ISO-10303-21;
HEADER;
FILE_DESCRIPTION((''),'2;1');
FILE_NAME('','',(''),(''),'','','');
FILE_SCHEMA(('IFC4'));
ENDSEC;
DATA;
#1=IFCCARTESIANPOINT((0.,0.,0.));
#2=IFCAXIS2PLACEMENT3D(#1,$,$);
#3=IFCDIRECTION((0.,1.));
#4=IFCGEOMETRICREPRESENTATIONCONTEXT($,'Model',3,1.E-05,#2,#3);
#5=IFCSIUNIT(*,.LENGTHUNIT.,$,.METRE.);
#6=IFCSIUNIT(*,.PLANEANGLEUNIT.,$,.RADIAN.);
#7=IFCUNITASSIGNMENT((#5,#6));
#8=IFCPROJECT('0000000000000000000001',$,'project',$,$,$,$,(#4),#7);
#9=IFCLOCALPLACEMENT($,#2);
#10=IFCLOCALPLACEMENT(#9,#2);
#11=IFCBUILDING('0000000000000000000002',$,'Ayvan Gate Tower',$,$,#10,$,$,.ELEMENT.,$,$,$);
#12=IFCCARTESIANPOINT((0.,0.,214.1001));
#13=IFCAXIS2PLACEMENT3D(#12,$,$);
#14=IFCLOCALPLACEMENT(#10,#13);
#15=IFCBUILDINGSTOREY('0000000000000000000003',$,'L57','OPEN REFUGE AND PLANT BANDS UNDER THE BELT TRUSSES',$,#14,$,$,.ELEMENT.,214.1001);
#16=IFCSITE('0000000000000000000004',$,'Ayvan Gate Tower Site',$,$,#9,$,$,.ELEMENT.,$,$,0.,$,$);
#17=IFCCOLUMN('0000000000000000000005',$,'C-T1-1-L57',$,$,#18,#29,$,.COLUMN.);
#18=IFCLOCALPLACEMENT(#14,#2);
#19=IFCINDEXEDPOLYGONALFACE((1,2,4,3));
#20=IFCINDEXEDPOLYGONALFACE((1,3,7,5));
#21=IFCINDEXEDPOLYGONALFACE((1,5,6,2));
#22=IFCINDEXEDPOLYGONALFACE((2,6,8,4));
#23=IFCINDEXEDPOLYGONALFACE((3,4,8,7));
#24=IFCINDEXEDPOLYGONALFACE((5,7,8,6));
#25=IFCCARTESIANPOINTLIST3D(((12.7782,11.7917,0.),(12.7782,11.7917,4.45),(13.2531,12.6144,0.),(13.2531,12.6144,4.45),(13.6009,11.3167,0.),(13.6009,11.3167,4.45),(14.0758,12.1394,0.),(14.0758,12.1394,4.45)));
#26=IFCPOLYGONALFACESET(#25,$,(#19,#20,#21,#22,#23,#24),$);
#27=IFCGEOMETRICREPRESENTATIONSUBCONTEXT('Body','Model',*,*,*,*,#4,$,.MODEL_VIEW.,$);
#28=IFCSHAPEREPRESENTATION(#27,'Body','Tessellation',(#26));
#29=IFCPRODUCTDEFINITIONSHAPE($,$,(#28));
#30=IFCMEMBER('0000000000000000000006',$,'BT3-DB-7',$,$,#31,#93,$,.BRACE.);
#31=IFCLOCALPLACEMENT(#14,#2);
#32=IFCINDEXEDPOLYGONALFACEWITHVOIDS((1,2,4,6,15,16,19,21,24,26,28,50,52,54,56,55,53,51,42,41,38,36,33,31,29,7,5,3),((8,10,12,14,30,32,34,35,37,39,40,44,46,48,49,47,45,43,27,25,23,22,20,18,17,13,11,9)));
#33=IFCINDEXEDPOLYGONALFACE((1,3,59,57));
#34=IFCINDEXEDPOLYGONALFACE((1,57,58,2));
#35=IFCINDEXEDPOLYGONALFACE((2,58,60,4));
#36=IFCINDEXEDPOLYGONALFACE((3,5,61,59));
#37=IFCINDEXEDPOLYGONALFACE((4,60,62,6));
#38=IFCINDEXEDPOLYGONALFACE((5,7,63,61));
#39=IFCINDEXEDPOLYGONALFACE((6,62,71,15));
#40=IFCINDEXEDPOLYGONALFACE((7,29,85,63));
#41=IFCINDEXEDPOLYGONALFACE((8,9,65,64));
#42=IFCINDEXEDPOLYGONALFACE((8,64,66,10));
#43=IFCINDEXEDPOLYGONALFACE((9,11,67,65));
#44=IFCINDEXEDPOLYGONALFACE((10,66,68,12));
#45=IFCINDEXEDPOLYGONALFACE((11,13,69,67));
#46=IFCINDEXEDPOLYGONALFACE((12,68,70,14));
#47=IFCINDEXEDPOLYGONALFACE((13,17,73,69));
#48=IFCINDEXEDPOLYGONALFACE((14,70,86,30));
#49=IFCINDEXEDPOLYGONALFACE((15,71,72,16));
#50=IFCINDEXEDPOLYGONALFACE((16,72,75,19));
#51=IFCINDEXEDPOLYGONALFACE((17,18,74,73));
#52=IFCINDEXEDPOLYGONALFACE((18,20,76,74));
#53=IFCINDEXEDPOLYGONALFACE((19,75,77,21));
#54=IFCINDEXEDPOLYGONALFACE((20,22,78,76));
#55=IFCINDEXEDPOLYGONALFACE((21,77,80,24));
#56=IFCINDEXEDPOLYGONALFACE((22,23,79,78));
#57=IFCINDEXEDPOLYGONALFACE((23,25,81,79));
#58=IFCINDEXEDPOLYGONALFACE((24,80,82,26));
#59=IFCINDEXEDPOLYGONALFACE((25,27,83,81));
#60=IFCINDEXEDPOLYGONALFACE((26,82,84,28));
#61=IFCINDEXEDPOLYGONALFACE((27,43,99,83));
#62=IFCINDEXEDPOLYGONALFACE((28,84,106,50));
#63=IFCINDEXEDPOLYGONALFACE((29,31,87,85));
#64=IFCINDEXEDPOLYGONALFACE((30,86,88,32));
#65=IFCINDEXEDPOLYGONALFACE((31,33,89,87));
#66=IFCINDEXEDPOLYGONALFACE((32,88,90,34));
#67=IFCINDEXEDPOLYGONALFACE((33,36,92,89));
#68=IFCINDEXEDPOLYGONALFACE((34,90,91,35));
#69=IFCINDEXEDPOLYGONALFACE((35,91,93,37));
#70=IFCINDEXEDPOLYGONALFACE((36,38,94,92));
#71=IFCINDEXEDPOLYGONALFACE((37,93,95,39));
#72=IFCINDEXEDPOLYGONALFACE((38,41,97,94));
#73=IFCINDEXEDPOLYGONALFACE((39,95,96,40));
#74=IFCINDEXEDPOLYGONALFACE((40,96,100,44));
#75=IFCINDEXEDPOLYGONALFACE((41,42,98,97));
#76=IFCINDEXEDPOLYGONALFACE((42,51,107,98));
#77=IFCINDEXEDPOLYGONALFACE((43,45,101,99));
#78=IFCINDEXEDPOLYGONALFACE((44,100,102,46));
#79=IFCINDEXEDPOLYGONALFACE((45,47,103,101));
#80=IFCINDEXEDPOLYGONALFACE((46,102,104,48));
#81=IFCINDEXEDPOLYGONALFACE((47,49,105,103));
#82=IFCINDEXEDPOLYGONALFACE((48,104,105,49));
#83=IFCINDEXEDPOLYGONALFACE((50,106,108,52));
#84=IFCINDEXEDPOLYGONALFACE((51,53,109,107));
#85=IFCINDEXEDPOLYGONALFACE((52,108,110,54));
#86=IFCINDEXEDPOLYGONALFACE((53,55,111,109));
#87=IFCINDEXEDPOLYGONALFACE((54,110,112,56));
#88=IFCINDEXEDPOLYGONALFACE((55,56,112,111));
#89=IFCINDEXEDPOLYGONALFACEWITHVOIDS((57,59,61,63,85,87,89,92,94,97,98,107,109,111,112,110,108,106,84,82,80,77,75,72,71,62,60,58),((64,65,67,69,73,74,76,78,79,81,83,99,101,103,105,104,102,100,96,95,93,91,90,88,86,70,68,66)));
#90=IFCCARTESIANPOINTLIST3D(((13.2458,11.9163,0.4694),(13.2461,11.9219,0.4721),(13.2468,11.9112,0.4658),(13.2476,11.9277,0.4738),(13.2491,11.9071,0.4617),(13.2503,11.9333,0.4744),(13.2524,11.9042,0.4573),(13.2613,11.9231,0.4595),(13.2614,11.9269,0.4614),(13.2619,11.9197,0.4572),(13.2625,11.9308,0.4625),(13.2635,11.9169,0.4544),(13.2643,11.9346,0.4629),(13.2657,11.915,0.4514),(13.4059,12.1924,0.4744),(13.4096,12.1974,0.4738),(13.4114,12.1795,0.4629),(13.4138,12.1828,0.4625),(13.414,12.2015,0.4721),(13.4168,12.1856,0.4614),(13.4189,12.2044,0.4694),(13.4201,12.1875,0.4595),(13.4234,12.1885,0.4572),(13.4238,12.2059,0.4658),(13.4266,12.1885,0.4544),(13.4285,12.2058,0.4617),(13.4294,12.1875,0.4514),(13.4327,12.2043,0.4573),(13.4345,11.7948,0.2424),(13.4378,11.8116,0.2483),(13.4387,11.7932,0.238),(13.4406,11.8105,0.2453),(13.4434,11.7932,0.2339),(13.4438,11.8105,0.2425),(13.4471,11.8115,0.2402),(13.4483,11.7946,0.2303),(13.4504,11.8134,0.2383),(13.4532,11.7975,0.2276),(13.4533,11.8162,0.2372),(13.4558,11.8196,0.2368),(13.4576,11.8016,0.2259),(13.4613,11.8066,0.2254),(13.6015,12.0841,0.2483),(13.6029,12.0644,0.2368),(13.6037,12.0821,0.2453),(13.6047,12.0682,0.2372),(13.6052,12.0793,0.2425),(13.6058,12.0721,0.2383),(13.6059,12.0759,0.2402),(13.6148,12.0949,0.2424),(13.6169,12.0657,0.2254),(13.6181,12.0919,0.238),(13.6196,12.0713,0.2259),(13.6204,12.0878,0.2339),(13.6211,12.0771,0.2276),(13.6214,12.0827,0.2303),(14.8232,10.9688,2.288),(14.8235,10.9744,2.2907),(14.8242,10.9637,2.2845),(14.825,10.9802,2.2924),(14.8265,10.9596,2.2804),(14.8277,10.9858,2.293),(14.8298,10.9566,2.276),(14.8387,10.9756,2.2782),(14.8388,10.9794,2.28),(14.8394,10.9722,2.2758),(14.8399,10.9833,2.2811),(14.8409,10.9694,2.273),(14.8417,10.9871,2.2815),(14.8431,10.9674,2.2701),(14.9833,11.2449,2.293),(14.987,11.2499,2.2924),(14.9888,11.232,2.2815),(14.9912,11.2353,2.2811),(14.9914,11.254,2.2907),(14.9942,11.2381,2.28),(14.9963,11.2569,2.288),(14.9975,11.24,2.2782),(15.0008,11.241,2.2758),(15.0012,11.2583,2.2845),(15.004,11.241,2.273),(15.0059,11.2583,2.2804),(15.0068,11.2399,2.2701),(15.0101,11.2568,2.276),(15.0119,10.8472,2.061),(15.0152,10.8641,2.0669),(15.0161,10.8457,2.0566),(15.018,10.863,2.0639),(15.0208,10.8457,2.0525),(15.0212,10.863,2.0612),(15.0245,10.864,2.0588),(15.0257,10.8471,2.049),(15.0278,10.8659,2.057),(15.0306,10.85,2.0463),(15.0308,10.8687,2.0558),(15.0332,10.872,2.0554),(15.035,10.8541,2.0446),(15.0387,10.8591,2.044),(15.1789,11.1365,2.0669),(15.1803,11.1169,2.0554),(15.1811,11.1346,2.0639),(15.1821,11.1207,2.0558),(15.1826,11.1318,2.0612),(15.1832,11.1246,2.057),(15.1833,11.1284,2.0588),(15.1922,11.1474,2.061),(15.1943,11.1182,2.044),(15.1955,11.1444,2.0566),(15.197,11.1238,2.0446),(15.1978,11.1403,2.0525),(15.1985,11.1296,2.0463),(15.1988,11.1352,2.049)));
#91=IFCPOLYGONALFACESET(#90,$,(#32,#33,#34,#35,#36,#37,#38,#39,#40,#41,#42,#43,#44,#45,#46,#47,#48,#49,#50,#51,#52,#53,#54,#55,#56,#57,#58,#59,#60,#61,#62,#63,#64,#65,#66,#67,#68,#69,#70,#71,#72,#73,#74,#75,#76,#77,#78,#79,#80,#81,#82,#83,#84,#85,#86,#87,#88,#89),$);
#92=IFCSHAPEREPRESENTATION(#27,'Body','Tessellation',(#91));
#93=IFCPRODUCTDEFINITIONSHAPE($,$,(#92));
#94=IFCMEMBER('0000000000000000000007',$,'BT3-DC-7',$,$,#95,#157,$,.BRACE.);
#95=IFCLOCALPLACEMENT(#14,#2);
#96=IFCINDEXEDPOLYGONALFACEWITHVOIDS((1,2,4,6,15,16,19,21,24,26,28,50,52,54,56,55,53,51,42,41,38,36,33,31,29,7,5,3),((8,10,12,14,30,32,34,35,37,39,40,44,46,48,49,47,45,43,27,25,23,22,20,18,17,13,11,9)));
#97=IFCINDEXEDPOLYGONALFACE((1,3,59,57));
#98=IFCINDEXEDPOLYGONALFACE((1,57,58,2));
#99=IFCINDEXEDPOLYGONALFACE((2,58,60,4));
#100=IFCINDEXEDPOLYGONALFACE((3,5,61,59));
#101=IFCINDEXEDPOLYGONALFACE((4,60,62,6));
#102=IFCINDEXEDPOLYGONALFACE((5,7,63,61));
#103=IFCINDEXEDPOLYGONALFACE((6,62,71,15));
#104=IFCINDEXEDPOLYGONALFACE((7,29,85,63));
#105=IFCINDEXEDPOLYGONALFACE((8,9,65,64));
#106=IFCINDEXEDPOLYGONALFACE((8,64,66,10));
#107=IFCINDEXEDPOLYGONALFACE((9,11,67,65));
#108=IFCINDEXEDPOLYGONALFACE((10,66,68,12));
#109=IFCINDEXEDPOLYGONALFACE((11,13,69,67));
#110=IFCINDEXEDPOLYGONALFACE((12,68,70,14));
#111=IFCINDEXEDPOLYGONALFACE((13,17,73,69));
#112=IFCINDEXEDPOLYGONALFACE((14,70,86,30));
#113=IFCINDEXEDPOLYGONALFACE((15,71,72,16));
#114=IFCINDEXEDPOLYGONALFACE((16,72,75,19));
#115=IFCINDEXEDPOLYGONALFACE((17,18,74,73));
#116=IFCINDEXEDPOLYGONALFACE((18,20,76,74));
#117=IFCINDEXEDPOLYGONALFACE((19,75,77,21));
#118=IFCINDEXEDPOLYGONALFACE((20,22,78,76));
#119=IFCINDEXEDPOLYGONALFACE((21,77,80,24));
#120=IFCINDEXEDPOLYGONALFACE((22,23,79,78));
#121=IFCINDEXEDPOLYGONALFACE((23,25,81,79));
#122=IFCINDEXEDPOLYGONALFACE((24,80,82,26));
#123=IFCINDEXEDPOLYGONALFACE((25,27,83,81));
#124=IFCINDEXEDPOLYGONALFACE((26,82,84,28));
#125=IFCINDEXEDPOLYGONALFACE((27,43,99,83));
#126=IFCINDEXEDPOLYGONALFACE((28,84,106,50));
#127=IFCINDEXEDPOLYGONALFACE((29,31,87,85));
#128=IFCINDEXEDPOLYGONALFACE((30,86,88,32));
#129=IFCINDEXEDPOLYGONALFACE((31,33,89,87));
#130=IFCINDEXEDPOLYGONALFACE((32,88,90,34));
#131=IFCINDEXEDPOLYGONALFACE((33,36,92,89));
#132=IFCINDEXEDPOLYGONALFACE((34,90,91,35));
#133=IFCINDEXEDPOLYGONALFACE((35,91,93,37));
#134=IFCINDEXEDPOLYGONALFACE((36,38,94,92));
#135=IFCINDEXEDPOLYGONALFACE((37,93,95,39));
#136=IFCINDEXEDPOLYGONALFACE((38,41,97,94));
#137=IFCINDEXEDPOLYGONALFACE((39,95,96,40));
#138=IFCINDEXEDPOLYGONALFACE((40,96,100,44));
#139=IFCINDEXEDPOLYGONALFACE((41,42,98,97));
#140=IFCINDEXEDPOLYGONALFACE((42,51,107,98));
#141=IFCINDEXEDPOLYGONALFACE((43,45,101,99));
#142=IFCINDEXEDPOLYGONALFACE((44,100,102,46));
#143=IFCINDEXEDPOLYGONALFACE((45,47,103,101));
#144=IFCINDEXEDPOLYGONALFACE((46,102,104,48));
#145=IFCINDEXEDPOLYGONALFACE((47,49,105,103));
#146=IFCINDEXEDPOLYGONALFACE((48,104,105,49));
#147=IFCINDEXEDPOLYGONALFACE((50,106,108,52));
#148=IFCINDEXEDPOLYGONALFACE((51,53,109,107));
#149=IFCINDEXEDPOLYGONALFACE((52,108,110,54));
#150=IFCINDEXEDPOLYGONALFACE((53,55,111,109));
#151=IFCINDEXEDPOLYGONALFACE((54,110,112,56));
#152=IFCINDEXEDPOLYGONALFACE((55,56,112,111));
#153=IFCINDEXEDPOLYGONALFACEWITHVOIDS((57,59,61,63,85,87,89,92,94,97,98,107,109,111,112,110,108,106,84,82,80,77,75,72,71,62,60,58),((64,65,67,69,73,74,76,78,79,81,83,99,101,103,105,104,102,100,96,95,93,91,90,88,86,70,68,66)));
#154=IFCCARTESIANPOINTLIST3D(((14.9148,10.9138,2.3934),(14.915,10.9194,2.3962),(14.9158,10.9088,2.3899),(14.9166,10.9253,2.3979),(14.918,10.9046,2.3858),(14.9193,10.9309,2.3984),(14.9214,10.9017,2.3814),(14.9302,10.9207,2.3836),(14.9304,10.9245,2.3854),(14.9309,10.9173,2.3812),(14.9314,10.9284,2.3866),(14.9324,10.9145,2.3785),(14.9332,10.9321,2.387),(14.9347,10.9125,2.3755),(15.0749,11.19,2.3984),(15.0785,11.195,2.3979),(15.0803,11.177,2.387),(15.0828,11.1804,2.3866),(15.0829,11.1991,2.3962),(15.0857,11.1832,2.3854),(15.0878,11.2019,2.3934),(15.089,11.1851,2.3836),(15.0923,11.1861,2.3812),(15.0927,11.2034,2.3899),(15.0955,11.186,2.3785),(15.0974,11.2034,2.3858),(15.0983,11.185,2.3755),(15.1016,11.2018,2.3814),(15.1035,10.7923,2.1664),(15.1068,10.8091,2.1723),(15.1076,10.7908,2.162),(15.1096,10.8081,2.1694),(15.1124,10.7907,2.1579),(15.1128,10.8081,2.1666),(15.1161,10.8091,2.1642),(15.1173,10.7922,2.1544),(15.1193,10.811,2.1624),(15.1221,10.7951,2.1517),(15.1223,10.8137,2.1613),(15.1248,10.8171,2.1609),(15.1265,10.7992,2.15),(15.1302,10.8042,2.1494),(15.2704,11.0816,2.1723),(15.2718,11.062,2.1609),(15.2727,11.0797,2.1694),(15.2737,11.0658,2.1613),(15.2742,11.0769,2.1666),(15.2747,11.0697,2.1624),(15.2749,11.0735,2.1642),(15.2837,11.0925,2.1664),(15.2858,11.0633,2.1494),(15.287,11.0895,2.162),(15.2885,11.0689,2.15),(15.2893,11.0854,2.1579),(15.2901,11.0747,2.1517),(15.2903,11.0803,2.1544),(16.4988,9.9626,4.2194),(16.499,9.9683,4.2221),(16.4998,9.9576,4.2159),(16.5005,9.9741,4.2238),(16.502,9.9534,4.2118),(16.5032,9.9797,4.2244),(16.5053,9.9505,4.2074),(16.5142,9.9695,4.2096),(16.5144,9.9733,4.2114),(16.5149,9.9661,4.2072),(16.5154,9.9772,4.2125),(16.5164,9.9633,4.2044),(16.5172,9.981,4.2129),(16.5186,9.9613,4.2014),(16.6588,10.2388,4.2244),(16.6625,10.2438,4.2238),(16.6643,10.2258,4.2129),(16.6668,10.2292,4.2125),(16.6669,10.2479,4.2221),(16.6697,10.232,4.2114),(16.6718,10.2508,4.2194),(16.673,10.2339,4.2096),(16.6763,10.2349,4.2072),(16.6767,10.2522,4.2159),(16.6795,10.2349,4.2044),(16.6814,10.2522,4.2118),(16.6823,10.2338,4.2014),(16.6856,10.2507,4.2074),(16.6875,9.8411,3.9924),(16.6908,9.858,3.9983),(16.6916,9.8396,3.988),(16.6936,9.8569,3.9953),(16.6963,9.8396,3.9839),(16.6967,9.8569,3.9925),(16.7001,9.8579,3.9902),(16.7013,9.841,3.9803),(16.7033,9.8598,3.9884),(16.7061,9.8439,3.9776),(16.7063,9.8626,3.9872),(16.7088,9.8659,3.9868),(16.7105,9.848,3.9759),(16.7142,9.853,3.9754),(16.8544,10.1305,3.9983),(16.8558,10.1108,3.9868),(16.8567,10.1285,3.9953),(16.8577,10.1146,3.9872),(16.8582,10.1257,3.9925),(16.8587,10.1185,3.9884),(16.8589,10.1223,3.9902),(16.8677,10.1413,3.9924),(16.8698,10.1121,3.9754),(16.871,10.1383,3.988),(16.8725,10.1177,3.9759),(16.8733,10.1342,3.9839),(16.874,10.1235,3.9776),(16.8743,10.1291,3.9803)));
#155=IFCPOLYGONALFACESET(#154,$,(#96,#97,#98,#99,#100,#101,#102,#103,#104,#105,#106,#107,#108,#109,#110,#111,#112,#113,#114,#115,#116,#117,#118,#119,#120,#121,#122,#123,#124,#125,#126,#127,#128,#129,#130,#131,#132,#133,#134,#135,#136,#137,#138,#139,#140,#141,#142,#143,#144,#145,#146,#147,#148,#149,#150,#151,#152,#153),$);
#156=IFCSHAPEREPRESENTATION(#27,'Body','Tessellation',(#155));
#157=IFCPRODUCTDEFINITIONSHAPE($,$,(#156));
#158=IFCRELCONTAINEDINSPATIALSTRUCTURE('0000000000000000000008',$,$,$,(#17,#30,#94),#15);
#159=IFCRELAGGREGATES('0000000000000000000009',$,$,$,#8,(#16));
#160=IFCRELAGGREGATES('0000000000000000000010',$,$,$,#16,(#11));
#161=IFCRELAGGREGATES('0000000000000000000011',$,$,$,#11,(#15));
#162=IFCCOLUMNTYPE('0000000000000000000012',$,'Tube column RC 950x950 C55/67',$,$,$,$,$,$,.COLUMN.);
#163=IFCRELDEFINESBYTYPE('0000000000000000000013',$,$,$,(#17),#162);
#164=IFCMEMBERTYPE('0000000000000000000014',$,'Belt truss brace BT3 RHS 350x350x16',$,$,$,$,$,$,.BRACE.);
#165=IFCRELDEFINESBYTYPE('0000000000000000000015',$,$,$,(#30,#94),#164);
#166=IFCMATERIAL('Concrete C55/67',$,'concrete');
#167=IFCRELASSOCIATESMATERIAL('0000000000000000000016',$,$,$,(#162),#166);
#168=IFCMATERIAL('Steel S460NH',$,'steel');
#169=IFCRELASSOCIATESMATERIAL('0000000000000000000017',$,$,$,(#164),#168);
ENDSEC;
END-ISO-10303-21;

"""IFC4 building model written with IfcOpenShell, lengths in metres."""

from ifc_helpers import new_model, si_unit, direction, frame, origin, origin_2d, place, context, subcontext, project, spatial, rectangle, hollow_rectangle, extrude, material, material_profile, profile_set, type_object, element, save


model = new_model("IFC4")

# Units and contexts
model_context = context("Model", 3, precision=1e-05, world=origin(), true_north=direction((0.0, 1.0)))
body_context = subcontext(model_context, "Body", "Model", "MODEL_VIEW")
ifc_project = project(units=[si_unit("LENGTHUNIT", "METRE"), si_unit("PLANEANGLEUNIT", "RADIAN")], contexts=[model_context])

# Site, building, storey
site_placement = place(None, origin())
site = spatial("IfcSite", under=ifc_project, at=site_placement, Name="Ayvan Gate Tower Site", CompositionType="ELEMENT", RefElevation=0.0)
building_placement = place(site_placement, origin())
building = spatial("IfcBuilding", under=site, at=building_placement, Name="Ayvan Gate Tower", CompositionType="ELEMENT")
storey_placement = place(building_placement, frame((0.0, 0.0, 214.1001)))
storey = spatial("IfcBuildingStorey", under=building, at=storey_placement, Name="L57", Description="OPEN REFUGE AND PLANT BANDS UNDER THE BELT TRUSSES", CompositionType="ELEMENT", Elevation=214.1001)

# Column
ifc_material_1 = material(Name="Concrete C55/67", Category="concrete")
ifc_material_profile_1 = material_profile(ifc_material_1, rectangle(XDim=0.95, YDim=0.95, at=origin_2d()), Name="RC 950x950")
ifc_profile_set_1 = profile_set([ifc_material_profile_1], Name="Concrete C55/67")
column_type = type_object("IfcColumnType", Name="Tube column RC 950x950 C55/67", PredefinedType="COLUMN", material=ifc_profile_set_1)
column_placement = place(storey_placement, frame((13.427, 11.9656, 0.0), z_axis=(0.0, 0.0, 1.0), x_axis=(0.5, 0.866025, 0.0)))
element("IfcColumn", 1, at=column_placement, inside=storey, type_object=column_type, Name="C-T1-1-L57", PredefinedType="COLUMN", context=body_context, shape_type="SweptSolid", body=[
    extrude(rectangle(XDim=0.95, YDim=0.95, at=origin_2d()), origin(), (0.0, 0.0, 1.0), 4.45),
])

# Members
ifc_material_2 = material(Name="Steel S460NH", Category="steel")
ifc_material_profile_2 = material_profile(ifc_material_2, hollow_rectangle(XDim=0.3501, YDim=0.3501, WallThickness=0.0161, InnerFilletRadius=0.0161, OuterFilletRadius=0.0239, at=origin_2d()), Name="RHS 350x350x16")
ifc_profile_set_2 = profile_set([ifc_material_profile_2], Name="Steel S460NH")
member_type_1 = type_object("IfcMemberType", Name="Belt truss brace BT3 RHS 350x350x16", PredefinedType="BRACE", material=ifc_profile_set_2)
member_1_placement = place(storey_placement, frame((13.4336, 11.9995, 0.3499), z_axis=(0.609707, -0.366239, 0.702941), x_axis=(0.514925, 0.857235, 0.0)))
element("IfcMember", 2, at=member_1_placement, inside=storey, type_object=member_type_1, Name="BT3-DB-7", PredefinedType="BRACE", context=body_context, shape_type="SweptSolid", body=[
    extrude(hollow_rectangle(XDim=0.3501, YDim=0.3501, WallThickness=0.0161, InnerFilletRadius=0.0161, OuterFilletRadius=0.0239, at=origin_2d()), origin(), (0.0, 0.0, 1.0), 2.5872),
])
member_2_placement = place(storey_placement, frame((15.1025, 10.9971, 2.2739), z_axis=(0.609778, -0.366167, 0.702917), x_axis=(0.514807, 0.857306, 0.0)))
element("IfcMember", 3, at=member_2_placement, inside=storey, type_object=member_type_1, Name="BT3-DC-7", PredefinedType="BRACE", context=body_context, shape_type="SweptSolid", body=[
    extrude(hollow_rectangle(XDim=0.3501, YDim=0.3501, WallThickness=0.0161, InnerFilletRadius=0.0161, OuterFilletRadius=0.0239, at=origin_2d()), origin(), (0.0, 0.0, 1.0), 2.5977),
])

save(model, "model.ifc")
